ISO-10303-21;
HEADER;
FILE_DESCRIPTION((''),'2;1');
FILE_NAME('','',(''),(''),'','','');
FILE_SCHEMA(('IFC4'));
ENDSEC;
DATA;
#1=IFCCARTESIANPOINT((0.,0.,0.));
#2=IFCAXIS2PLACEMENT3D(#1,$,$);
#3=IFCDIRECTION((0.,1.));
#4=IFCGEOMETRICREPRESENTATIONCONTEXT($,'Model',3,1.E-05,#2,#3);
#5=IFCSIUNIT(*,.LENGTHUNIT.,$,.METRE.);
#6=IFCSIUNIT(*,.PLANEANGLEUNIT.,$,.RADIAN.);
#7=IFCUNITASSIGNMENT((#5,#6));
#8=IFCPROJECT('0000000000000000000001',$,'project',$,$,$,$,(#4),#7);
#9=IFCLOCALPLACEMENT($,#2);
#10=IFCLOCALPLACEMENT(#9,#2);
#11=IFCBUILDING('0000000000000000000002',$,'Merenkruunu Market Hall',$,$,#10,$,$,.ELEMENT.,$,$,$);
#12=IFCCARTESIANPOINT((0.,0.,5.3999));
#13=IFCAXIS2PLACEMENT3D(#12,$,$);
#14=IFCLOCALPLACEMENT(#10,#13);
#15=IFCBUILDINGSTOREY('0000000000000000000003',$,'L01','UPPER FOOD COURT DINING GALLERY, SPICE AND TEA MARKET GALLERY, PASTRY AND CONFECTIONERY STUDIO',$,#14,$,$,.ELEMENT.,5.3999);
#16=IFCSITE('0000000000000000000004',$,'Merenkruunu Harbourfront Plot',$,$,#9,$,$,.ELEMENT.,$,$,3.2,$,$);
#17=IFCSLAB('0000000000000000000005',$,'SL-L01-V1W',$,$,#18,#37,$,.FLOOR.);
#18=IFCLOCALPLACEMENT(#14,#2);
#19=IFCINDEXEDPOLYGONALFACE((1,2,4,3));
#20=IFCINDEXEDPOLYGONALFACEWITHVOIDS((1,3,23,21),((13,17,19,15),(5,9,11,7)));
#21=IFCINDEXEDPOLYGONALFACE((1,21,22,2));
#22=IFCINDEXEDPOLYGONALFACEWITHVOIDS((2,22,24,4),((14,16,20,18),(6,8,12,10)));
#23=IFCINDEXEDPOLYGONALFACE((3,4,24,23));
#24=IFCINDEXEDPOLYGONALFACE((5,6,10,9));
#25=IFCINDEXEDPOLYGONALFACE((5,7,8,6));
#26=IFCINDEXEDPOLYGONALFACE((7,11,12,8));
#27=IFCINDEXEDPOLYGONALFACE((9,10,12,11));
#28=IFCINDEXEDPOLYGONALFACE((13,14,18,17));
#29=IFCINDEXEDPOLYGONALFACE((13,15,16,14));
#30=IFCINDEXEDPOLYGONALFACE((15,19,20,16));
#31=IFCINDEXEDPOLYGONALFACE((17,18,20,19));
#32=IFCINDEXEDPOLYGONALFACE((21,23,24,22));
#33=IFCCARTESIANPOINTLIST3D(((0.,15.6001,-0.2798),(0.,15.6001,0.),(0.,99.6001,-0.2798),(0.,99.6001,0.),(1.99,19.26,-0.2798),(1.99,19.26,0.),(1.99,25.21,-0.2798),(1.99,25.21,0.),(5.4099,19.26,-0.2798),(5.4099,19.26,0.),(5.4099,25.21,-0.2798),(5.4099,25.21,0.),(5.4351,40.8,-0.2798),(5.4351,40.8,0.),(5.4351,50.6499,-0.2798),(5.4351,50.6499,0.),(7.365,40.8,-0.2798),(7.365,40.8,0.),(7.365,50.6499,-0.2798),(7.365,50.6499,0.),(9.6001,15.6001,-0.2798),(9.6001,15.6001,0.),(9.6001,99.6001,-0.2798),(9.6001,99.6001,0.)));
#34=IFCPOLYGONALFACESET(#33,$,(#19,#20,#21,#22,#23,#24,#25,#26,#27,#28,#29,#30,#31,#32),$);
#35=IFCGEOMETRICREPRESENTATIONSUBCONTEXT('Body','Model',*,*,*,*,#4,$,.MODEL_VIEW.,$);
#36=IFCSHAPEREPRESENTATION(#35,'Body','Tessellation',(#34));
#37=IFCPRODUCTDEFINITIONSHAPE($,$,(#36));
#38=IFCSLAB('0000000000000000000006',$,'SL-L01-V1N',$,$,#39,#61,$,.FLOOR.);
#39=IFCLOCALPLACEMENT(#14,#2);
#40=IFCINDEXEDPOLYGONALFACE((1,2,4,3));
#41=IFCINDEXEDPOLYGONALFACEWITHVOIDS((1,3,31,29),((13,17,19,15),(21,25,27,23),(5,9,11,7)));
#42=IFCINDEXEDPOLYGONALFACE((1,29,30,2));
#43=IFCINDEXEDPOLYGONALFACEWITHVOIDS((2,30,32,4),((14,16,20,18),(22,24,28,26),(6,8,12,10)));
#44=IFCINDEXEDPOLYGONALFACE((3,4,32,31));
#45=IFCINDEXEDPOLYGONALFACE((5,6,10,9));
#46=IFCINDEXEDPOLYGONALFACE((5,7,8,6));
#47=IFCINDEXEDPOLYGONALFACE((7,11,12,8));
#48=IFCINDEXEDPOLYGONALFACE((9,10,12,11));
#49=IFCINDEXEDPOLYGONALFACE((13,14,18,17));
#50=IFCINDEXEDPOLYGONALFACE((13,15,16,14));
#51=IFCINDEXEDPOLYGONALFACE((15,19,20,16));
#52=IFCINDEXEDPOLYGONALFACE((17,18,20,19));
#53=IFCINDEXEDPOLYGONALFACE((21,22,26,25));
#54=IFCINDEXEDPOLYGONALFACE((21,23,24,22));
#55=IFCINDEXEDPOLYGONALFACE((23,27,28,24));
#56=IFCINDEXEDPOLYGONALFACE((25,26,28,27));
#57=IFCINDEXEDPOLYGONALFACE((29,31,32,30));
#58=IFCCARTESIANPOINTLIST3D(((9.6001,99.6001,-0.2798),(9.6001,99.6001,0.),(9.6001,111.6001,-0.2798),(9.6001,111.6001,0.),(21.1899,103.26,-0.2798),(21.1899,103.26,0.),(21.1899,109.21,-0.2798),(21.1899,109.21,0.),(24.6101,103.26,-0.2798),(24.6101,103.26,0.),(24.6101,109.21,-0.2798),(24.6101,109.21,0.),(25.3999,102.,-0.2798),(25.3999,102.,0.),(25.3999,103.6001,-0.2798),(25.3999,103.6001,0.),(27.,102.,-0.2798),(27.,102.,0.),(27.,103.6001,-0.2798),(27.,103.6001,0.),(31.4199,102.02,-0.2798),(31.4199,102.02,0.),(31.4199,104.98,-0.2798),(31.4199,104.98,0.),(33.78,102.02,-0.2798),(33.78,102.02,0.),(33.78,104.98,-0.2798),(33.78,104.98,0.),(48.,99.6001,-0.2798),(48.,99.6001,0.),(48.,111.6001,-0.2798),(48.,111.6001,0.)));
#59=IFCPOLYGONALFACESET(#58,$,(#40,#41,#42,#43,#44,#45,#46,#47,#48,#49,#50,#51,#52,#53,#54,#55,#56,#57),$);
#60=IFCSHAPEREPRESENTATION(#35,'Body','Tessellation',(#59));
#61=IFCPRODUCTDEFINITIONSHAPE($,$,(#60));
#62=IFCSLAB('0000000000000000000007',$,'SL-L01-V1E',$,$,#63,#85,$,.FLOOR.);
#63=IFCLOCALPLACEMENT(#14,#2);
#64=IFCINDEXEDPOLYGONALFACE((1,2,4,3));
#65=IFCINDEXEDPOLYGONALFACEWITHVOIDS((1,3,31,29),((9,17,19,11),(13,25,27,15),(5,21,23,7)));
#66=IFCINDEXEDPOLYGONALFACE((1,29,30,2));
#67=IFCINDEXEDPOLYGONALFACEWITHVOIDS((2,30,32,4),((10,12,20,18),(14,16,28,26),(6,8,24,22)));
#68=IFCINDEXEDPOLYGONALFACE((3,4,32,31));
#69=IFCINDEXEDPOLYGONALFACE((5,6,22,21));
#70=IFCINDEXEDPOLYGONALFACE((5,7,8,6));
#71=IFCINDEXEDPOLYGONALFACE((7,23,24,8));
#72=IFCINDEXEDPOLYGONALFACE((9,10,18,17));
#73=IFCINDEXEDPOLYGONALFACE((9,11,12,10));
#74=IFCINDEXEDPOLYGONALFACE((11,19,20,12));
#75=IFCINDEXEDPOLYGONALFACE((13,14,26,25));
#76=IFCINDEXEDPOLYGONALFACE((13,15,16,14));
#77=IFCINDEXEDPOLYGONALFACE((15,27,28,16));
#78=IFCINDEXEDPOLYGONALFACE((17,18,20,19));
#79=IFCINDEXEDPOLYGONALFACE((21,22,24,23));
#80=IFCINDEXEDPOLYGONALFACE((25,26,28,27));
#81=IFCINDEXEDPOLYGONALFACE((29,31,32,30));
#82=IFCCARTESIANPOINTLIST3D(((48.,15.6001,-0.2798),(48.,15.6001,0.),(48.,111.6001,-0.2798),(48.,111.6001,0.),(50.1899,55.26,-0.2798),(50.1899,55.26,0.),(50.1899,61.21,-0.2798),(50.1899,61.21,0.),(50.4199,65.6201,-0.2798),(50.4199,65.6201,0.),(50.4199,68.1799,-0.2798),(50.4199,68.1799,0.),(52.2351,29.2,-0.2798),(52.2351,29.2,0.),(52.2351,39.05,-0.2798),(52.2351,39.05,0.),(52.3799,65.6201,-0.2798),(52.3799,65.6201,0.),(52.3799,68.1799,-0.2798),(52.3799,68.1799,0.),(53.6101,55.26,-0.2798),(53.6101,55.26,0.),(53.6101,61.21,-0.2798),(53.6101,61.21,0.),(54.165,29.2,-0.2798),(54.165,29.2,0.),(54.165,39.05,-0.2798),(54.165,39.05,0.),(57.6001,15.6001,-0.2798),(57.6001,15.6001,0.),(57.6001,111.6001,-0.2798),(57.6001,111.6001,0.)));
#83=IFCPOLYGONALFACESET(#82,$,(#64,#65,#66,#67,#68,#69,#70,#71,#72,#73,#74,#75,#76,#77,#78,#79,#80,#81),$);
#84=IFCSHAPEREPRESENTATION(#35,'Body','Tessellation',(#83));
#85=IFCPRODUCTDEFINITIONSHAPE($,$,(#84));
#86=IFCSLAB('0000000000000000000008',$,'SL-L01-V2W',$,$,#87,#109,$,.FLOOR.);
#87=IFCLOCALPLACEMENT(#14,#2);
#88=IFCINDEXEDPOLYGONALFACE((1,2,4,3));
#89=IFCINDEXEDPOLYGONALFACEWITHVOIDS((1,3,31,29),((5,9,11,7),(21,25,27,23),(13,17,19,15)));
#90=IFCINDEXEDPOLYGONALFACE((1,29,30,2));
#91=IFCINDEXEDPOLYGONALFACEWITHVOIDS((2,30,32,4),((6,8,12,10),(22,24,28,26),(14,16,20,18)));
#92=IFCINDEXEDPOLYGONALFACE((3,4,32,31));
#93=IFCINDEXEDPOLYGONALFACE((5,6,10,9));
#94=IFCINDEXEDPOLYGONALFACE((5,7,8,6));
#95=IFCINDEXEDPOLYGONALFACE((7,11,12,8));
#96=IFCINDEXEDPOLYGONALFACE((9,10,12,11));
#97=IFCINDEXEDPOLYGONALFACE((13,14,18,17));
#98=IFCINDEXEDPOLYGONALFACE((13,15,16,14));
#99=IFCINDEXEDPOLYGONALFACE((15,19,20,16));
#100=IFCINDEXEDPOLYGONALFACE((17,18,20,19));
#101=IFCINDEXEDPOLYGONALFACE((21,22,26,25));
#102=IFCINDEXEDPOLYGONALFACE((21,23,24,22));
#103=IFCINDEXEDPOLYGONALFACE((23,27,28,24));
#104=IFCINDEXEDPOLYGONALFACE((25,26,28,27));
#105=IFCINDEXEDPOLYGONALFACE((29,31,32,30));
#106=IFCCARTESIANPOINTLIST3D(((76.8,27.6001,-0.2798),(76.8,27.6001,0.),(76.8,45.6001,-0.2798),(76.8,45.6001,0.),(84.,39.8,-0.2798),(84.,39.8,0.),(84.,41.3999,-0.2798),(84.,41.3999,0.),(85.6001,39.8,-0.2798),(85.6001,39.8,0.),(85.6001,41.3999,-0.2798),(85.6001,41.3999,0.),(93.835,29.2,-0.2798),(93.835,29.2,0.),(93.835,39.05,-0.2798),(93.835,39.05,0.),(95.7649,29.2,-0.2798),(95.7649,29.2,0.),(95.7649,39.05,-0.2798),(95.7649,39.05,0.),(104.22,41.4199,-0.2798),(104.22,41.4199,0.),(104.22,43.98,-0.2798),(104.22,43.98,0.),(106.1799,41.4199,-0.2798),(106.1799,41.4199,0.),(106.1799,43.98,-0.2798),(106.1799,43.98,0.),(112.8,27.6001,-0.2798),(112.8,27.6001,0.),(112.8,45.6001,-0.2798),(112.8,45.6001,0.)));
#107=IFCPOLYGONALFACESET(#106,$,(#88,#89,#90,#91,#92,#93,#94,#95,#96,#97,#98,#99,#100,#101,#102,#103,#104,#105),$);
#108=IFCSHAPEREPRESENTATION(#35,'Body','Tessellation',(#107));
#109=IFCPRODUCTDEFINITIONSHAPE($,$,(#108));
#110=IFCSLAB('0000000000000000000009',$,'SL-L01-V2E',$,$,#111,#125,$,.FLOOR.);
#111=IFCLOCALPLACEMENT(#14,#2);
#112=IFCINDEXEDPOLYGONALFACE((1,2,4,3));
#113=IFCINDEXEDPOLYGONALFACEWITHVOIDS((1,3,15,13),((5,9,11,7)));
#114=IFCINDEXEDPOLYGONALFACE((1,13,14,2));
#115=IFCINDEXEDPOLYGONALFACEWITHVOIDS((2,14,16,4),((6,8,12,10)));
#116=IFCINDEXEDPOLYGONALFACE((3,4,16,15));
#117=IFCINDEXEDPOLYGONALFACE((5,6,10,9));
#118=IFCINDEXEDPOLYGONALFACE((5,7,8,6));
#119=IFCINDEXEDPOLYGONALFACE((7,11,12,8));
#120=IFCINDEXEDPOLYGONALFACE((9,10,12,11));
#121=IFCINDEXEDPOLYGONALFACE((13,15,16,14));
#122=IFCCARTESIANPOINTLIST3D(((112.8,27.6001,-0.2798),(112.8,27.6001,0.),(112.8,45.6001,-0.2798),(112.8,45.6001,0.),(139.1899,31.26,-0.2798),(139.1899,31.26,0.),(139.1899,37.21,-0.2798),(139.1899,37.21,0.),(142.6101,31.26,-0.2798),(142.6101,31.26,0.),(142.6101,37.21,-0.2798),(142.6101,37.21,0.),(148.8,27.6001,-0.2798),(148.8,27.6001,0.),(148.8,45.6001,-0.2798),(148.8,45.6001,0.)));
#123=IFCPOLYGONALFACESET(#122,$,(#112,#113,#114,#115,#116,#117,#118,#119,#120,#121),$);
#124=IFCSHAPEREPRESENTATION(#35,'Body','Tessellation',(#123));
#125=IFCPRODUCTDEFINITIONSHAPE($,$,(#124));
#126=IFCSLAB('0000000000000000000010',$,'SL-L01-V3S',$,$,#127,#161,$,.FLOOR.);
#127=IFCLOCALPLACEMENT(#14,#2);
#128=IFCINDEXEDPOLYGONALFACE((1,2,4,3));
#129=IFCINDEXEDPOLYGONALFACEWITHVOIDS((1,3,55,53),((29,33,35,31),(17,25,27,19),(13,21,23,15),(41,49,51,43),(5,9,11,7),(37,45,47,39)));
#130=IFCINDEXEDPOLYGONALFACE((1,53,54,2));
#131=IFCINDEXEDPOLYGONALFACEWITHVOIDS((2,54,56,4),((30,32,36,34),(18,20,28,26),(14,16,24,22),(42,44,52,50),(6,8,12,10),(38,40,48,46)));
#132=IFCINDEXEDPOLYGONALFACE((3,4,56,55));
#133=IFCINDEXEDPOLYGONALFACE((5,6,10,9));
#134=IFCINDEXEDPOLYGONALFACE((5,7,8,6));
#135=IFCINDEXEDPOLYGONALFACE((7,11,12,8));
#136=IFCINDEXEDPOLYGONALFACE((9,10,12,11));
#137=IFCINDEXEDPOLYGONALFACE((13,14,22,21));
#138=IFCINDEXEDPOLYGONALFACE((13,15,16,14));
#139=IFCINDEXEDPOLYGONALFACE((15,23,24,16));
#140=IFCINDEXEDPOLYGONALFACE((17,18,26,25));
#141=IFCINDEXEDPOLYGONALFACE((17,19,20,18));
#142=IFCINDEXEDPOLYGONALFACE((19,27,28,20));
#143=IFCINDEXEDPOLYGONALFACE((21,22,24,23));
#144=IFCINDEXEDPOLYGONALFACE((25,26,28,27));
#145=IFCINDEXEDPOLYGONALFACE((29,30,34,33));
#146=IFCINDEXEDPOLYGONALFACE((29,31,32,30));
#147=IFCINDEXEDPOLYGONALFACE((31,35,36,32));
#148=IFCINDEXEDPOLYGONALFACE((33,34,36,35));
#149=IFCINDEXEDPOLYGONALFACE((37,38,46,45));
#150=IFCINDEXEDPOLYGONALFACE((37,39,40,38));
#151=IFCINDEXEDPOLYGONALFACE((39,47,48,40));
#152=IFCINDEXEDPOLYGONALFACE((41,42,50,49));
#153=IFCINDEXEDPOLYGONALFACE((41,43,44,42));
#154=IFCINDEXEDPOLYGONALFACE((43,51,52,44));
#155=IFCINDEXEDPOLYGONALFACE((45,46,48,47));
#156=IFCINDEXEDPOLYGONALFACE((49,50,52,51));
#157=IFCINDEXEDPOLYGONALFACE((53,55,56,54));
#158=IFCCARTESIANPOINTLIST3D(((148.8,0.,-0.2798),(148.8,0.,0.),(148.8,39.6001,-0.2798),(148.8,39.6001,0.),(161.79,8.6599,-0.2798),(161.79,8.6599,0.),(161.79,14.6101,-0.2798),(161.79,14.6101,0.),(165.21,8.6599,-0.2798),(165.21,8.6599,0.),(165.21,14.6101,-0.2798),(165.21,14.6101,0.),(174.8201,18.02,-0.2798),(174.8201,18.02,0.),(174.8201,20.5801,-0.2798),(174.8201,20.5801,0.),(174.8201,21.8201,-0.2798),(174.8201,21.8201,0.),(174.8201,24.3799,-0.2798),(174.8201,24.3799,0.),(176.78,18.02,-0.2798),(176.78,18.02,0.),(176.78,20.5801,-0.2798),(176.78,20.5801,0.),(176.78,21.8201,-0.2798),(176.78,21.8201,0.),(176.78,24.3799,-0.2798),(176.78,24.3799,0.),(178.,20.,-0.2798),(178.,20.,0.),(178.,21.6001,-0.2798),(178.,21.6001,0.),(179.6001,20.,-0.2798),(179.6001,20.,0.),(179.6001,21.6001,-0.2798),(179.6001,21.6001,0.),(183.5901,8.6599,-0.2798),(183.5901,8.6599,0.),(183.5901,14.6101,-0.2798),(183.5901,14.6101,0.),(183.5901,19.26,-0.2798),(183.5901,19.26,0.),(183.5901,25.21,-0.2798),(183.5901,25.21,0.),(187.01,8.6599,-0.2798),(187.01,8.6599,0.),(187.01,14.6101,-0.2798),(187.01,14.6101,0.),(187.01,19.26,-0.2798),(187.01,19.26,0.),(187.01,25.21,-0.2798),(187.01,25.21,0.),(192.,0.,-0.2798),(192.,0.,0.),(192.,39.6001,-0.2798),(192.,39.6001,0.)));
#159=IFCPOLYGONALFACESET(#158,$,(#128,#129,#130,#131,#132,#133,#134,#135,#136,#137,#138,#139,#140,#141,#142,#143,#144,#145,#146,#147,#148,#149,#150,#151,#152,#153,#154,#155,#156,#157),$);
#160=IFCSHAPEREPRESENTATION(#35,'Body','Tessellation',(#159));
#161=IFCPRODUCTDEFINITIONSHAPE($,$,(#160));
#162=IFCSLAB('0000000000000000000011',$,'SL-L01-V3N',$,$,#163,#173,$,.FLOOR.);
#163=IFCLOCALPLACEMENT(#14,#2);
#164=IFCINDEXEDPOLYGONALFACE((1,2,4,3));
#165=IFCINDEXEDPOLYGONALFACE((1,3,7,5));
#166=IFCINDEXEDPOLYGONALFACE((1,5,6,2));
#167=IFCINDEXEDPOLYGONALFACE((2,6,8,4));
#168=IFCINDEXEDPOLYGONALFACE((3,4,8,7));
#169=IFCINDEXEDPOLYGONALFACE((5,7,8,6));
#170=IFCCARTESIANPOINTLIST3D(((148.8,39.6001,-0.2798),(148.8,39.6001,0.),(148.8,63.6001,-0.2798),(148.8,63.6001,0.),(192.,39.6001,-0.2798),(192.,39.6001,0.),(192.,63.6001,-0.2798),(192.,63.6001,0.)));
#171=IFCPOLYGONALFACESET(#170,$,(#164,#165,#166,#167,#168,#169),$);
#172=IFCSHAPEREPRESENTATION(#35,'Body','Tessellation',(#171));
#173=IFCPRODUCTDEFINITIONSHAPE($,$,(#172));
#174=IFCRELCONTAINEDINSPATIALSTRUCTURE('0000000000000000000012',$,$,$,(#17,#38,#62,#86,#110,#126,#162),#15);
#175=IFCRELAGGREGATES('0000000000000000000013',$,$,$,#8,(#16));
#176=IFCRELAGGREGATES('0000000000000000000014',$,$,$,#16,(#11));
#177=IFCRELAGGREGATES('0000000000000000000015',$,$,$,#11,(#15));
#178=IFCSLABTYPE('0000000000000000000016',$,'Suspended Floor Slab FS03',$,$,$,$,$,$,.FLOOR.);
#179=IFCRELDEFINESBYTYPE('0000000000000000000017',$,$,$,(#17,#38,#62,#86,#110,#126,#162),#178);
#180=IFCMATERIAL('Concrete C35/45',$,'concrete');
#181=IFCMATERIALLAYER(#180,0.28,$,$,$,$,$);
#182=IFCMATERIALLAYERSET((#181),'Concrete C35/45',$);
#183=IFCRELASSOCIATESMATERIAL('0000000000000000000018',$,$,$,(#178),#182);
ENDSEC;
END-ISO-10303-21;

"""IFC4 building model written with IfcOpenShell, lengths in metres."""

from ifc_helpers import new_model, si_unit, direction, frame, origin, place, context, subcontext, project, spatial, polyline, outline, extrude, material, layer, layer_set, type_object, element, save


model = new_model("IFC4")

# Units and contexts
model_context = context("Model", 3, precision=1e-05, world=origin(), true_north=direction((0.0, 1.0)))
body_context = subcontext(model_context, "Body", "Model", "MODEL_VIEW")
ifc_project = project(units=[si_unit("LENGTHUNIT", "METRE"), si_unit("PLANEANGLEUNIT", "RADIAN")], contexts=[model_context])

# Site, building, storey
site_placement = place(None, origin())
site = spatial("IfcSite", under=ifc_project, at=site_placement, Name="Merenkruunu Harbourfront Plot", CompositionType="ELEMENT", RefElevation=3.2)
building_placement = place(site_placement, origin())
building = spatial("IfcBuilding", under=site, at=building_placement, Name="Merenkruunu Market Hall", CompositionType="ELEMENT")
storey_placement = place(building_placement, frame((0.0, 0.0, 5.3999)))
storey = spatial("IfcBuildingStorey", under=building, at=storey_placement, Name="L01", Description="UPPER FOOD COURT DINING GALLERY, SPICE AND TEA MARKET GALLERY, PASTRY AND CONFECTIONERY STUDIO", CompositionType="ELEMENT", Elevation=5.3999)

# Slabs
ifc_material_1 = material(Name="Concrete C35/45", Category="concrete")
ifc_layer_1 = layer(ifc_material_1, 0.28)
ifc_layer_set_1 = layer_set([ifc_layer_1], Name="Concrete C35/45")
slab_type_1 = type_object("IfcSlabType", Name="Suspended Floor Slab FS03", PredefinedType="FLOOR", material=ifc_layer_set_1)
slab_1_placement = place(storey_placement, frame((0.0, 0.0, -0.2798)))
element("IfcSlab", 1, at=slab_1_placement, inside=storey, type_object=slab_type_1, Name="SL-L01-V1W", PredefinedType="FLOOR", context=body_context, shape_type="SweptSolid", body=[
    extrude(outline(polyline([(0.0, 15.6001), (9.6001, 15.6001), (9.6001, 99.6001), (0.0, 99.6001), (0.0, 15.6001)]), holes=[polyline([(1.99, 19.26), (5.4099, 19.26), (5.4099, 25.21), (1.99, 25.21), (1.99, 19.26)]), polyline([(5.4351, 40.8), (7.365, 40.8), (7.365, 50.6499), (5.4351, 50.6499), (5.4351, 40.8)])]), origin(), (0.0, 0.0, 1.0), 0.2798),
])
slab_2_placement = place(storey_placement, frame((0.0, 0.0, -0.2798)))
element("IfcSlab", 2, at=slab_2_placement, inside=storey, type_object=slab_type_1, Name="SL-L01-V1N", PredefinedType="FLOOR", context=body_context, shape_type="SweptSolid", body=[
    extrude(outline(polyline([(9.6001, 99.6001), (48.0, 99.6001), (48.0, 111.6001), (9.6001, 111.6001), (9.6001, 99.6001)]), holes=[polyline([(21.1899, 103.26), (24.6101, 103.26), (24.6101, 109.21), (21.1899, 109.21), (21.1899, 103.26)]), polyline([(31.4199, 102.02), (33.78, 102.02), (33.78, 104.98), (31.4199, 104.98), (31.4199, 102.02)]), polyline([(25.3999, 102.0), (27.0, 102.0), (27.0, 103.6001), (25.3999, 103.6001), (25.3999, 102.0)])]), origin(), (0.0, 0.0, 1.0), 0.2798),
])
slab_3_placement = place(storey_placement, frame((0.0, 0.0, -0.2798)))
element("IfcSlab", 3, at=slab_3_placement, inside=storey, type_object=slab_type_1, Name="SL-L01-V1E", PredefinedType="FLOOR", context=body_context, shape_type="SweptSolid", body=[
    extrude(outline(polyline([(48.0, 15.6001), (57.6001, 15.6001), (57.6001, 111.6001), (48.0, 111.6001), (48.0, 15.6001)]), holes=[polyline([(50.1899, 55.26), (53.6101, 55.26), (53.6101, 61.21), (50.1899, 61.21), (50.1899, 55.26)]), polyline([(52.2351, 29.2), (54.165, 29.2), (54.165, 39.05), (52.2351, 39.05), (52.2351, 29.2)]), polyline([(50.4199, 65.6201), (52.3799, 65.6201), (52.3799, 68.1799), (50.4199, 68.1799), (50.4199, 65.6201)])]), origin(), (0.0, 0.0, 1.0), 0.2798),
])
slab_4_placement = place(storey_placement, frame((0.0, 0.0, -0.2798)))
element("IfcSlab", 4, at=slab_4_placement, inside=storey, type_object=slab_type_1, Name="SL-L01-V2W", PredefinedType="FLOOR", context=body_context, shape_type="SweptSolid", body=[
    extrude(outline(polyline([(76.8, 27.6001), (112.8, 27.6001), (112.8, 45.6001), (76.8, 45.6001), (76.8, 27.6001)]), holes=[polyline([(93.835, 29.2), (95.7649, 29.2), (95.7649, 39.05), (93.835, 39.05), (93.835, 29.2)]), polyline([(104.22, 41.4199), (106.1799, 41.4199), (106.1799, 43.98), (104.22, 43.98), (104.22, 41.4199)]), polyline([(84.0, 39.8), (85.6001, 39.8), (85.6001, 41.3999), (84.0, 41.3999), (84.0, 39.8)])]), origin(), (0.0, 0.0, 1.0), 0.2798),
])
slab_5_placement = place(storey_placement, frame((0.0, 0.0, -0.2798)))
element("IfcSlab", 5, at=slab_5_placement, inside=storey, type_object=slab_type_1, Name="SL-L01-V2E", PredefinedType="FLOOR", context=body_context, shape_type="SweptSolid", body=[
    extrude(outline(polyline([(112.8, 27.6001), (148.8, 27.6001), (148.8, 45.6001), (112.8, 45.6001), (112.8, 27.6001)]), holes=[polyline([(139.1899, 31.26), (142.6101, 31.26), (142.6101, 37.21), (139.1899, 37.21), (139.1899, 31.26)])]), origin(), (0.0, 0.0, 1.0), 0.2798),
])
slab_6_placement = place(storey_placement, frame((0.0, 0.0, -0.2798)))
element("IfcSlab", 6, at=slab_6_placement, inside=storey, type_object=slab_type_1, Name="SL-L01-V3S", PredefinedType="FLOOR", context=body_context, shape_type="SweptSolid", body=[
    extrude(outline(polyline([(148.8, 0.0), (192.0, 0.0), (192.0, 39.6001), (148.8, 39.6001), (148.8, 0.0)]), holes=[polyline([(183.5901, 8.6599), (187.01, 8.6599), (187.01, 14.6101), (183.5901, 14.6101), (183.5901, 8.6599)]), polyline([(183.5901, 19.26), (187.01, 19.26), (187.01, 25.21), (183.5901, 25.21), (183.5901, 19.26)]), polyline([(161.79, 8.6599), (165.21, 8.6599), (165.21, 14.6101), (161.79, 14.6101), (161.79, 8.6599)]), polyline([(174.8201, 18.02), (176.78, 18.02), (176.78, 20.5801), (174.8201, 20.5801), (174.8201, 18.02)]), polyline([(174.8201, 21.8201), (176.78, 21.8201), (176.78, 24.3799), (174.8201, 24.3799), (174.8201, 21.8201)]), polyline([(178.0, 20.0), (179.6001, 20.0), (179.6001, 21.6001), (178.0, 21.6001), (178.0, 20.0)])]), origin(), (0.0, 0.0, 1.0), 0.2798),
])
slab_7_placement = place(storey_placement, frame((0.0, 0.0, -0.2798)))
element("IfcSlab", 7, at=slab_7_placement, inside=storey, type_object=slab_type_1, Name="SL-L01-V3N", PredefinedType="FLOOR", context=body_context, shape_type="SweptSolid", body=[
    extrude(outline(polyline([(148.8, 39.6001), (192.0, 39.6001), (192.0, 63.6001), (148.8, 63.6001), (148.8, 39.6001)])), origin(), (0.0, 0.0, 1.0), 0.2798),
])

save(model, "model.ifc")
